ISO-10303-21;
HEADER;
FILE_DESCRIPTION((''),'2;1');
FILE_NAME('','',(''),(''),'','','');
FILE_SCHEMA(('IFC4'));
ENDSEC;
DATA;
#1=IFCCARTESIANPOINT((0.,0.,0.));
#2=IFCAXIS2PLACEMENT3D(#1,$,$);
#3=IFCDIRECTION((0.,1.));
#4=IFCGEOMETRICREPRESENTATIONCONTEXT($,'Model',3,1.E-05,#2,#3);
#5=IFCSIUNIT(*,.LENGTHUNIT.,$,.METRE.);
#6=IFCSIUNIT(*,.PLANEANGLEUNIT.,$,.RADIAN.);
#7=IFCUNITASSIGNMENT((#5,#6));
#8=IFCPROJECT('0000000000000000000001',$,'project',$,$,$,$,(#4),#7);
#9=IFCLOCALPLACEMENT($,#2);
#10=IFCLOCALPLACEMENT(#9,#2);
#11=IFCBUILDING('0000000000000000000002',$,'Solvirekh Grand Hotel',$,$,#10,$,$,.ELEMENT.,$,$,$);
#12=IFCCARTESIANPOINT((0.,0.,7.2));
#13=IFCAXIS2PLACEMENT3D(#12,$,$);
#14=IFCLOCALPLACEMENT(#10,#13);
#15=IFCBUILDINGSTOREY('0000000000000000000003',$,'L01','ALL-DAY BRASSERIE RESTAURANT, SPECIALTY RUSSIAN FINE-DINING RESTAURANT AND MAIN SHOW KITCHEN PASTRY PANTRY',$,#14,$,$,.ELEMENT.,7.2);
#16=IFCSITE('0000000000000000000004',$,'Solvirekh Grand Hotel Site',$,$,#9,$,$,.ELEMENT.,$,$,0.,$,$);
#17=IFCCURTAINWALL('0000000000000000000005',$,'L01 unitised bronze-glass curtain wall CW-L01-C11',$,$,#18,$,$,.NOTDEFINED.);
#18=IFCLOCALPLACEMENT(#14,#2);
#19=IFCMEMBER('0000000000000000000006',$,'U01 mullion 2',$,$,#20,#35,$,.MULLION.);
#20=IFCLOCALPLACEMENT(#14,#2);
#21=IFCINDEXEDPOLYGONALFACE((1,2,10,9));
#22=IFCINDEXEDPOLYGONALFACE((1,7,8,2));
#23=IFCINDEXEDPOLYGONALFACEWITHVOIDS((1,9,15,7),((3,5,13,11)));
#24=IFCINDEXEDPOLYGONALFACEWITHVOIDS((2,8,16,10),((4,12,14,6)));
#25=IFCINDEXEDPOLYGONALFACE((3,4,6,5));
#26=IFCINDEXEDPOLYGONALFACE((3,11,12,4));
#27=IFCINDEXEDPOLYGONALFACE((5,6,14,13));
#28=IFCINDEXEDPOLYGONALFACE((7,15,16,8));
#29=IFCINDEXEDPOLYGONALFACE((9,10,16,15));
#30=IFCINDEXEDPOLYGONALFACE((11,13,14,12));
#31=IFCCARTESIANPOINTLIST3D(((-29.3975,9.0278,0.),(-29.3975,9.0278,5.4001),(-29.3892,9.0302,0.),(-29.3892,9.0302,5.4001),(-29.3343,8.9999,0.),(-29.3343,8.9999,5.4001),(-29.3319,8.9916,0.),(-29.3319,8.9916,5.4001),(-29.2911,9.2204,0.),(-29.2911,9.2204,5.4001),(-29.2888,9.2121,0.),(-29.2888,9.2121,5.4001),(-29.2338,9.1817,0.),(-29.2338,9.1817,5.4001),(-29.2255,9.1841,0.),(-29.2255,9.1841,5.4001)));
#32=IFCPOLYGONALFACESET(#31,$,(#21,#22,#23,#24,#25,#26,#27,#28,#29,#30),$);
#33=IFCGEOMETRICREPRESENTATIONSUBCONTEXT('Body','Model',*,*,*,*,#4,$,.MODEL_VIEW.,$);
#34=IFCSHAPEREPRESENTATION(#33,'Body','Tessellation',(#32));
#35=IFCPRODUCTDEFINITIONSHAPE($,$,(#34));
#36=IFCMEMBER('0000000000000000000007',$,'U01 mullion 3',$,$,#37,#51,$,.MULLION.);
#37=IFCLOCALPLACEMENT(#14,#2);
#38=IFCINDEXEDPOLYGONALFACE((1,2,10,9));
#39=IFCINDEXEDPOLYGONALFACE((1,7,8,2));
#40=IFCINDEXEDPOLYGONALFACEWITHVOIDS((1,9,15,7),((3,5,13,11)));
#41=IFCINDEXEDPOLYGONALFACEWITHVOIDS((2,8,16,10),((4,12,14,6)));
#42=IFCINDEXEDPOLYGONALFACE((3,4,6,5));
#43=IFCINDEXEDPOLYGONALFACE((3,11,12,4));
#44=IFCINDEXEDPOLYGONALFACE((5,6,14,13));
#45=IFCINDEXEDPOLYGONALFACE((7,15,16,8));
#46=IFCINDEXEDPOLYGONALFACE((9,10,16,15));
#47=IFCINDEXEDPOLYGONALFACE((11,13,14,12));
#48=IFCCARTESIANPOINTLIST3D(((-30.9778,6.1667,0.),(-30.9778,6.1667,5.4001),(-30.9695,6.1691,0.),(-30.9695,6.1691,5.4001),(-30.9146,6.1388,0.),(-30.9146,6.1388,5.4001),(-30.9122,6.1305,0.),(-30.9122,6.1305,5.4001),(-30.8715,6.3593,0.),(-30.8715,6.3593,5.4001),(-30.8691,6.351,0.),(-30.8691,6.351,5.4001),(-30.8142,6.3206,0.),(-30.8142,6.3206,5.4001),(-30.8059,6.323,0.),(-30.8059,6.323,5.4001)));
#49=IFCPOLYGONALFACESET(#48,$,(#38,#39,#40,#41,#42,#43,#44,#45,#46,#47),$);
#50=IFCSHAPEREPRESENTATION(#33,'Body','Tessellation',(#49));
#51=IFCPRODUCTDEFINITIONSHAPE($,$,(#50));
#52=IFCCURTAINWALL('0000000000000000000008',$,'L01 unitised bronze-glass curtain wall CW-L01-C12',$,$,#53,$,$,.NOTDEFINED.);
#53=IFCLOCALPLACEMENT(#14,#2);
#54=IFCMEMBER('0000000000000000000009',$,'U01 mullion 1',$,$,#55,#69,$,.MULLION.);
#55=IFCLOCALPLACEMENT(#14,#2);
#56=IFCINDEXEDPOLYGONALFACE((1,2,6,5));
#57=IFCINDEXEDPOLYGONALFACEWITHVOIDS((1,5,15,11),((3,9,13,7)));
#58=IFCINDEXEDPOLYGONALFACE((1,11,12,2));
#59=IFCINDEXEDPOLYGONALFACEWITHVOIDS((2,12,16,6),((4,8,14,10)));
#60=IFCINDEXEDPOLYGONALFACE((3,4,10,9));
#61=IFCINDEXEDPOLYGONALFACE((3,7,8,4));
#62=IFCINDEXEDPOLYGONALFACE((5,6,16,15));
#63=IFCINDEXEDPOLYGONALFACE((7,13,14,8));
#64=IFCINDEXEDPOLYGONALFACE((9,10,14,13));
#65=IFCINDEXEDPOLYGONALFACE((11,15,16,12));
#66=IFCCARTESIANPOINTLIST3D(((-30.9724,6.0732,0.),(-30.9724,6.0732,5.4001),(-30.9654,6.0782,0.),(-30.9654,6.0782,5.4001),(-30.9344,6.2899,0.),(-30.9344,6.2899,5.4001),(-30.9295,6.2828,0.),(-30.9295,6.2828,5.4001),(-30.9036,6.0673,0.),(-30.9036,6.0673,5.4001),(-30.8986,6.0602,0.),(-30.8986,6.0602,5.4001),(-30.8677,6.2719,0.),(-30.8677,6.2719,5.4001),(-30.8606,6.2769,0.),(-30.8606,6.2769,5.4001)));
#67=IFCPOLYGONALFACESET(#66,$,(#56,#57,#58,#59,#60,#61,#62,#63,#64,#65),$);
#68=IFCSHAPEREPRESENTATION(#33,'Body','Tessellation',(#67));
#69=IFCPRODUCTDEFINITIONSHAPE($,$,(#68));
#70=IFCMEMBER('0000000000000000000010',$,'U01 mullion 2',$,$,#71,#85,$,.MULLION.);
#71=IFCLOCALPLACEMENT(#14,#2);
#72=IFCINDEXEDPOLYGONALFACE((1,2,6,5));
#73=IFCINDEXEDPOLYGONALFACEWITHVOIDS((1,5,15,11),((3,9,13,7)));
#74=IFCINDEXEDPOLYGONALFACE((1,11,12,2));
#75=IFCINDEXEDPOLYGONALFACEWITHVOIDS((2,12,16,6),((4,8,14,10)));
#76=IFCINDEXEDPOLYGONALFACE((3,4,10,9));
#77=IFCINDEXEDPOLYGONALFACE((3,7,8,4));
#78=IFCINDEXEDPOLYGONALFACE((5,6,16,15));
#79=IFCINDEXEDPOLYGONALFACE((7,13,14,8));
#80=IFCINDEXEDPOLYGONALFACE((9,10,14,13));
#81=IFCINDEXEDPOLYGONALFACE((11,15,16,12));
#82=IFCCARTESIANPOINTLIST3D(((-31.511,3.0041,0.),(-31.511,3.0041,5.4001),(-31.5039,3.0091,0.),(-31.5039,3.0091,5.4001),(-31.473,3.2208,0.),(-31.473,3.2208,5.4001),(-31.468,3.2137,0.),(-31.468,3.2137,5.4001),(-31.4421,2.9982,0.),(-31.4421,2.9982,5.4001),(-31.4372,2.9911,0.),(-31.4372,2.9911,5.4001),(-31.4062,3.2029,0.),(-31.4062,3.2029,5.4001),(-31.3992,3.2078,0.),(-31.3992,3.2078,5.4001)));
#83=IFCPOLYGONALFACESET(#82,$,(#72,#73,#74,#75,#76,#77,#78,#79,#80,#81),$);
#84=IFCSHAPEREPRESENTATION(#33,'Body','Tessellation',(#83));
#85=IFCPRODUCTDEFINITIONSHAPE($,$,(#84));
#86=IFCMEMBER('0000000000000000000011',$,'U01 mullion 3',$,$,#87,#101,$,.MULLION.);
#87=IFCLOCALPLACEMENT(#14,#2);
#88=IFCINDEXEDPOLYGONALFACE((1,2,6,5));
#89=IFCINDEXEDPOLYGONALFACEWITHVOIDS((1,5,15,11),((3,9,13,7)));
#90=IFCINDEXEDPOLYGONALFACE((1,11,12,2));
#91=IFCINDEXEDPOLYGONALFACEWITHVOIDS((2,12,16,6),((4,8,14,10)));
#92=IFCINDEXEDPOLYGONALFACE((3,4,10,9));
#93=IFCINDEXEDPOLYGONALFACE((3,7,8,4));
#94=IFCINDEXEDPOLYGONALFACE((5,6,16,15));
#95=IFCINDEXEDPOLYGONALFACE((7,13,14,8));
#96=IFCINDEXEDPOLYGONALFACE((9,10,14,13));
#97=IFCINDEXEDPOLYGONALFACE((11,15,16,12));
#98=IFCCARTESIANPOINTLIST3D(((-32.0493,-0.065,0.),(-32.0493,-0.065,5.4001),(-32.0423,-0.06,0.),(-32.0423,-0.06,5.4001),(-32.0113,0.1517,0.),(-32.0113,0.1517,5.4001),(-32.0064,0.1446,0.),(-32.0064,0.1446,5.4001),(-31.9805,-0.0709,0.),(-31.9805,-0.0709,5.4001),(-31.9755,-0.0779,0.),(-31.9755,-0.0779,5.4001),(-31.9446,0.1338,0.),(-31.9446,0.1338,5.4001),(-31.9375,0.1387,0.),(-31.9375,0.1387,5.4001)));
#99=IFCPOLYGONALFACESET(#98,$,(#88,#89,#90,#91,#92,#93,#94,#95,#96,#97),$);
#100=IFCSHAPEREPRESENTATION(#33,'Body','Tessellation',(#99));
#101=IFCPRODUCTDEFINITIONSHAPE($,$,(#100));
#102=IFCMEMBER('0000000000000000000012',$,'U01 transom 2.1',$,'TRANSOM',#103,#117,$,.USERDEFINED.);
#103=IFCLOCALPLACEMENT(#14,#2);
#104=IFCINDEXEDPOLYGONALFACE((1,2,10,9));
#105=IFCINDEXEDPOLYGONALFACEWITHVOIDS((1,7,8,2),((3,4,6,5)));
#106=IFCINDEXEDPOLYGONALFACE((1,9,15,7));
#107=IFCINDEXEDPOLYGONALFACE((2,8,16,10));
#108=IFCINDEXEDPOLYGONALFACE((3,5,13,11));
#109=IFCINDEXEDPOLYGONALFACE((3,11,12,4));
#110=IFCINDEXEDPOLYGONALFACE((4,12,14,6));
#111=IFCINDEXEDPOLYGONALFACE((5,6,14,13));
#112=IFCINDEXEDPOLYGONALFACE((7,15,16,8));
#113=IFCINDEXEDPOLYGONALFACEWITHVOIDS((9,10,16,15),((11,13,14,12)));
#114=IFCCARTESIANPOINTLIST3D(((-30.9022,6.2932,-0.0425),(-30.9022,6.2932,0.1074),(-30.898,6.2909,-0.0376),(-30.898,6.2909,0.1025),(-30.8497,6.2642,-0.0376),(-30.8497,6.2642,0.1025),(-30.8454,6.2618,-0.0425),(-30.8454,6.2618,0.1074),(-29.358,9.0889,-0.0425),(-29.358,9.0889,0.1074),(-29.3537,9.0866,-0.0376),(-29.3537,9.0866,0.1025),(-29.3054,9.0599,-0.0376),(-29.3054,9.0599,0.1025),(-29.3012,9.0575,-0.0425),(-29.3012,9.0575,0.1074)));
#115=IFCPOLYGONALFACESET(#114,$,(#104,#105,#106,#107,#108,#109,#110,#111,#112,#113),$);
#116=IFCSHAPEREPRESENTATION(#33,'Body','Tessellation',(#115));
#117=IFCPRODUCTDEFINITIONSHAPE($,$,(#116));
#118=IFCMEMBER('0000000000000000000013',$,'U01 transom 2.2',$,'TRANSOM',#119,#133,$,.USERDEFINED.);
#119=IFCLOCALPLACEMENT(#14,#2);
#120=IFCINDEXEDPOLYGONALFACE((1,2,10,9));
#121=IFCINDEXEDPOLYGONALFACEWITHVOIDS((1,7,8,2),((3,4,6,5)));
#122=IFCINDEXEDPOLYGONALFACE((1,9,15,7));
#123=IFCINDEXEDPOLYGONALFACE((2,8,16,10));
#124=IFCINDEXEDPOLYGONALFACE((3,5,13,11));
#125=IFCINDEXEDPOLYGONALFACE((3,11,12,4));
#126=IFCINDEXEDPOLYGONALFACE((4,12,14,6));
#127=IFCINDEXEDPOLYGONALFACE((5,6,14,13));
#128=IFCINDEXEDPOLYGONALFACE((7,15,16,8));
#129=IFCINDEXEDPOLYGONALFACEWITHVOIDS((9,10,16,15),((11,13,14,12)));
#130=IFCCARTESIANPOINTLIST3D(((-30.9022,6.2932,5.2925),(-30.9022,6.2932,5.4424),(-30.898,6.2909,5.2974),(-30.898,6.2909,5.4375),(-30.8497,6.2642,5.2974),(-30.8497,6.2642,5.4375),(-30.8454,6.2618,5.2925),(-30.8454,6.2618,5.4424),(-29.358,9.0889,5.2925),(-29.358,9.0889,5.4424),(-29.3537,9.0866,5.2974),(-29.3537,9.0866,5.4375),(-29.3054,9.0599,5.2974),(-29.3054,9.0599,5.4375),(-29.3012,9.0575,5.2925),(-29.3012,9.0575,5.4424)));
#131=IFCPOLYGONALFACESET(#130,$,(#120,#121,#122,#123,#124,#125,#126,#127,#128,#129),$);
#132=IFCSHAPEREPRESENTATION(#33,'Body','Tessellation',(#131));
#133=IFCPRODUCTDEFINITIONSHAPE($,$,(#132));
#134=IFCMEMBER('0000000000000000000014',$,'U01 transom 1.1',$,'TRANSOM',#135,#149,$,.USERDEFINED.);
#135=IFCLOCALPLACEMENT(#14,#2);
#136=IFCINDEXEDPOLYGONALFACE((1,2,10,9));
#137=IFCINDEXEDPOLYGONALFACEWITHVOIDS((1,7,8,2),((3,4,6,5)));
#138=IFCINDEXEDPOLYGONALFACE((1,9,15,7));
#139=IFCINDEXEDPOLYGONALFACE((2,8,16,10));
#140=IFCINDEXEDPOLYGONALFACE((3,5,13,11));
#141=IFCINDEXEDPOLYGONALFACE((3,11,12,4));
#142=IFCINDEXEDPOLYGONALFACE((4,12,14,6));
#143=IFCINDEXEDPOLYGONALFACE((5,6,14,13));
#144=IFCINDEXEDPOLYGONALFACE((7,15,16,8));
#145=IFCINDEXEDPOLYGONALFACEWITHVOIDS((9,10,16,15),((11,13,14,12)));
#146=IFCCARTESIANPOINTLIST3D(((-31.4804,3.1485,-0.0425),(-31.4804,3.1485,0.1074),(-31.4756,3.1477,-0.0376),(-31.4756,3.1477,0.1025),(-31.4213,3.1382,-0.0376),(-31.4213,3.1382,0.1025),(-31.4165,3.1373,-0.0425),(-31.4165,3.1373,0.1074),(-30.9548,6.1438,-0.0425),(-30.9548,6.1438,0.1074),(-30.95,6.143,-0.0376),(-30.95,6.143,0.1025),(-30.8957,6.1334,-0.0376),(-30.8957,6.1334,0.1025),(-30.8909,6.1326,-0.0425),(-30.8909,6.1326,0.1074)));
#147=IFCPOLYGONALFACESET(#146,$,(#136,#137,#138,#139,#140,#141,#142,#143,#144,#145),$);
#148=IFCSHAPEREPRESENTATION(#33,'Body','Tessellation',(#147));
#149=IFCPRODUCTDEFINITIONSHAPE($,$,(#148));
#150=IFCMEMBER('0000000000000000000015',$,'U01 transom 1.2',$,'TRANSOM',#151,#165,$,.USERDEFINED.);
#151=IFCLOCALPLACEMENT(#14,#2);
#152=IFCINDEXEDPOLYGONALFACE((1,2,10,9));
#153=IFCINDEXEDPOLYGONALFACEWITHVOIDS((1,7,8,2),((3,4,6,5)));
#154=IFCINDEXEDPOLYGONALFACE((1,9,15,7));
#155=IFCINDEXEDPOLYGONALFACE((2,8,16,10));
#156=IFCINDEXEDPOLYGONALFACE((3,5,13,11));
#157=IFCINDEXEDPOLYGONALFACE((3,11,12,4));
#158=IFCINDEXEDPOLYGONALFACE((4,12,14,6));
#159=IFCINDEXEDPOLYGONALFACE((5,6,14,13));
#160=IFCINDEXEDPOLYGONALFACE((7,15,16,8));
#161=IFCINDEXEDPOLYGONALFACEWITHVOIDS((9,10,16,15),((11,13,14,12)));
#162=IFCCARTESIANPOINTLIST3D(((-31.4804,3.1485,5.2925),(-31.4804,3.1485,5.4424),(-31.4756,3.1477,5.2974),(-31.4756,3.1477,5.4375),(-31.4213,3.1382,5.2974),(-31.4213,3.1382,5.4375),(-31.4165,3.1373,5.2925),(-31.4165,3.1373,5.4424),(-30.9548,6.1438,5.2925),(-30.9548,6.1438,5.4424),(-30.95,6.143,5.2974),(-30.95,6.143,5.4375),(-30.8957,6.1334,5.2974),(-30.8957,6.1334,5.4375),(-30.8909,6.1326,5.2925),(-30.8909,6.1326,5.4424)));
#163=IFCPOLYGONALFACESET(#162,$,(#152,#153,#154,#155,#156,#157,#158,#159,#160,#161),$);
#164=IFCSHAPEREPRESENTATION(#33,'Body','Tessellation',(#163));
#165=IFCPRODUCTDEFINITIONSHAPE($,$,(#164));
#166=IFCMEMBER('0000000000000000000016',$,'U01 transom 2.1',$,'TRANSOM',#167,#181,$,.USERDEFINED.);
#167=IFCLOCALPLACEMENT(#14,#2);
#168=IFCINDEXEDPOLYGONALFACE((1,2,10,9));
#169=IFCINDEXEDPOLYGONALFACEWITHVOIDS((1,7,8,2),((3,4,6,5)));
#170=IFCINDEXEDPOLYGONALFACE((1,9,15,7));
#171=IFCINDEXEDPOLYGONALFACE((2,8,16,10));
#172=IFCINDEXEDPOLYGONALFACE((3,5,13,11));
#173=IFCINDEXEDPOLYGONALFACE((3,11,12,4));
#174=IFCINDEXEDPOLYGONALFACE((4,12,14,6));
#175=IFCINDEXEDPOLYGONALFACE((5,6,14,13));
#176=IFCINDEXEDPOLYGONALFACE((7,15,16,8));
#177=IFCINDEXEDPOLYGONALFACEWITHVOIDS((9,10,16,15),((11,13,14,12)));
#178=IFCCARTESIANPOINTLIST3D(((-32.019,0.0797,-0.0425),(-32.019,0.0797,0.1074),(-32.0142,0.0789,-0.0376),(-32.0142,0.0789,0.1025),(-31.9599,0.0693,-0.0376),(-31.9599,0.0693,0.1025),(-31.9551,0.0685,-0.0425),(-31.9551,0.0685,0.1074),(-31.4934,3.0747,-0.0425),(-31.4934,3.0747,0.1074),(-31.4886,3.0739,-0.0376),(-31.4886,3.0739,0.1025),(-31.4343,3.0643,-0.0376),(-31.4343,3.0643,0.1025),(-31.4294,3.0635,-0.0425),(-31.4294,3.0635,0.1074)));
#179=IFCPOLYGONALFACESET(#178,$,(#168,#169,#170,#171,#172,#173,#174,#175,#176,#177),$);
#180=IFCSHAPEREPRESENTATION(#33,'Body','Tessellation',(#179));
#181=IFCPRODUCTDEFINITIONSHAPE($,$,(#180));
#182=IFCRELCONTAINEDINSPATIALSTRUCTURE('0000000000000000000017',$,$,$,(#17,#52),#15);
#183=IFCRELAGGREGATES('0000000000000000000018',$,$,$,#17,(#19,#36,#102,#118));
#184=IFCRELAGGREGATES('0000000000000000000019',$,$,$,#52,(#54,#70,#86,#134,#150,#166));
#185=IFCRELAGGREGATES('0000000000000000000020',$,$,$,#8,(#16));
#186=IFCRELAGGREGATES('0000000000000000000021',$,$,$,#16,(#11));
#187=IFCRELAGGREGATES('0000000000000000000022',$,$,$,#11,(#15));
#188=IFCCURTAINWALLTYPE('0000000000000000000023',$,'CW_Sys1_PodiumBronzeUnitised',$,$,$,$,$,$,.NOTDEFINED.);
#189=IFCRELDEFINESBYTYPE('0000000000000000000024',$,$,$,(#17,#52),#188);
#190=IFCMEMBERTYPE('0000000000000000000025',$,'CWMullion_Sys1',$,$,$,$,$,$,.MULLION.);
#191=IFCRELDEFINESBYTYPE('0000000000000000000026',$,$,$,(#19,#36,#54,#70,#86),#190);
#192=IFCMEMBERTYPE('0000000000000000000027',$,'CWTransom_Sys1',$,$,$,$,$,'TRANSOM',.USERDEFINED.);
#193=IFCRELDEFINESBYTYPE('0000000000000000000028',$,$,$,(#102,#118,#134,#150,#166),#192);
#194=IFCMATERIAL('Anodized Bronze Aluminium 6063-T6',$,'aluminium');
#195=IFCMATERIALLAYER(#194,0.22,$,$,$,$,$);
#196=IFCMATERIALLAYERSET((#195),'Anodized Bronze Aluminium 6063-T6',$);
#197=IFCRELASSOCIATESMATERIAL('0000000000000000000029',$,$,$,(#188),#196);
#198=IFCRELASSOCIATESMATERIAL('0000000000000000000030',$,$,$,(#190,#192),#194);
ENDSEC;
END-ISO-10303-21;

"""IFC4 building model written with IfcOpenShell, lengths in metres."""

from ifc_helpers import new_model, si_unit, direction, frame, origin, origin_2d, place, context, subcontext, project, spatial, hollow_rectangle, extrude, source, transform, mapped, material, layer, layer_set, material_profile, profile_set, type_object, element, aggregate, save


model = new_model("IFC4")

# Units and contexts
model_context = context("Model", 3, precision=1e-05, world=origin(), true_north=direction((0.0, 1.0)))
body_context = subcontext(model_context, "Body", "Model", "MODEL_VIEW")
ifc_project = project(units=[si_unit("LENGTHUNIT", "METRE"), si_unit("PLANEANGLEUNIT", "RADIAN")], contexts=[model_context])

# Site, building, storey
site_placement = place(None, origin())
site = spatial("IfcSite", under=ifc_project, at=site_placement, Name="Solvirekh Grand Hotel Site", CompositionType="ELEMENT", RefElevation=0.0)
building_placement = place(site_placement, origin())
building = spatial("IfcBuilding", under=site, at=building_placement, Name="Solvirekh Grand Hotel", CompositionType="ELEMENT")
storey_placement = place(building_placement, frame((0.0, 0.0, 7.2)))
storey = spatial("IfcBuildingStorey", under=building, at=storey_placement, Name="L01", Description="ALL-DAY BRASSERIE RESTAURANT, SPECIALTY RUSSIAN FINE-DINING RESTAURANT AND MAIN SHOW KITCHEN PASTRY PANTRY", CompositionType="ELEMENT", Elevation=7.2)

# Curtain walls, members
ifc_material_1 = material(Name="Anodized Bronze Aluminium 6063-T6", Category="aluminium")
ifc_layer_1 = layer(ifc_material_1, 0.22)
ifc_layer_set_1 = layer_set([ifc_layer_1], Name="Anodized Bronze Aluminium 6063-T6")
curtain_wall_type = type_object("IfcCurtainWallType", Name="CW_Sys1_PodiumBronzeUnitised", PredefinedType="NOTDEFINED", material=ifc_layer_set_1)
curtain_wall_1_placement = place(storey_placement, origin())
curtain_wall_1 = element("IfcCurtainWall", 1, at=curtain_wall_1_placement, inside=storey, type_object=curtain_wall_type, Name="L01 unitised bronze-glass curtain wall CW-L01-C11", PredefinedType="NOTDEFINED")
ifc_material_profile_1 = material_profile(ifc_material_1, hollow_rectangle(XDim=0.075, YDim=0.22, WallThickness=0.0061, at=origin_2d()), Name="ALU RHS 220X75X6")
ifc_profile_set_1 = profile_set([ifc_material_profile_1], Name="Anodized Bronze Aluminium 6063-T6")
member_type_1 = type_object("IfcMemberType", Name="CWMullion_Sys1", PredefinedType="MULLION", material=ifc_profile_set_1)
shared_shape_1 = source(origin(), body_context, "Body", "SweptSolid", [
    extrude(hollow_rectangle(XDim=0.075, YDim=0.22, WallThickness=0.0061, at=origin_2d()), origin(), (0.0, 0.0, 1.0), 5.4001),
])
member_1_placement = place(storey_placement, frame((-29.3115, 9.106, 0.0), z_axis=(0.0, 0.0, 1.0), x_axis=(0.875346, -0.483497, 0.0)))
member_1 = element("IfcMember", 2, at=member_1_placement, type_object=member_type_1, Name="U01 mullion 2", PredefinedType="MULLION", context=body_context, shape_type="MappedRepresentation", body=[
    mapped(shared_shape_1, transform((0.0, 0.0, 0.0), x_axis=(1.0, 0.0, 0.0), y_axis=(0.0, 1.0, 0.0), z_axis=(0.0, 0.0, 1.0), scale=1.0)),
])
member_2_placement = place(storey_placement, frame((-30.8918, 6.2449, 0.0), z_axis=(0.0, 0.0, 1.0), x_axis=(0.875346, -0.483497, 0.0)))
member_2 = element("IfcMember", 3, at=member_2_placement, type_object=member_type_1, Name="U01 mullion 3", PredefinedType="MULLION", context=body_context, shape_type="MappedRepresentation", body=[
    mapped(shared_shape_1, transform((0.0, 0.0, 0.0), x_axis=(1.0, 0.0, 0.0), y_axis=(0.0, 1.0, 0.0), z_axis=(0.0, 0.0, 1.0), scale=1.0)),
])
curtain_wall_2_placement = place(storey_placement, origin())
curtain_wall_2 = element("IfcCurtainWall", 4, at=curtain_wall_2_placement, inside=storey, type_object=curtain_wall_type, Name="L01 unitised bronze-glass curtain wall CW-L01-C12", PredefinedType="NOTDEFINED")
member_3_placement = place(storey_placement, frame((-30.9165, 6.175, 0.0), z_axis=(0.0, 0.0, 1.0), x_axis=(0.984952, -0.172826, 0.0)))
member_3 = element("IfcMember", 5, at=member_3_placement, type_object=member_type_1, Name="U01 mullion 1", PredefinedType="MULLION", context=body_context, shape_type="MappedRepresentation", body=[
    mapped(shared_shape_1, transform((0.0, 0.0, 0.0), x_axis=(1.0, 0.0, 0.0), y_axis=(0.0, 1.0, 0.0), z_axis=(0.0, 0.0, 1.0), scale=1.0)),
])
member_4_placement = place(storey_placement, frame((-31.4551, 3.106, 0.0), z_axis=(0.0, 0.0, 1.0), x_axis=(0.984952, -0.172826, 0.0)))
member_4 = element("IfcMember", 6, at=member_4_placement, type_object=member_type_1, Name="U01 mullion 2", PredefinedType="MULLION", context=body_context, shape_type="MappedRepresentation", body=[
    mapped(shared_shape_1, transform((0.0, 0.0, 0.0), x_axis=(1.0, 0.0, 0.0), y_axis=(0.0, 1.0, 0.0), z_axis=(0.0, 0.0, 1.0), scale=1.0)),
])
member_5_placement = place(storey_placement, frame((-31.9934, 0.0369, 0.0), z_axis=(0.0, 0.0, 1.0), x_axis=(0.984952, -0.172826, 0.0)))
member_5 = element("IfcMember", 7, at=member_5_placement, type_object=member_type_1, Name="U01 mullion 3", PredefinedType="MULLION", context=body_context, shape_type="MappedRepresentation", body=[
    mapped(shared_shape_1, transform((0.0, 0.0, 0.0), x_axis=(1.0, 0.0, 0.0), y_axis=(0.0, 1.0, 0.0), z_axis=(0.0, 0.0, 1.0), scale=1.0)),
])

# Members
ifc_material_profile_2 = material_profile(ifc_material_1, hollow_rectangle(XDim=0.0649, YDim=0.1499, WallThickness=0.0049, at=origin_2d()), Name="ALU RHS 150X65X5")
ifc_profile_set_2 = profile_set([ifc_material_profile_2], Name="Anodized Bronze Aluminium 6063-T6")
member_type_2 = type_object("IfcMemberType", Name="CWTransom_Sys1", ElementType="TRANSOM", PredefinedType="USERDEFINED", material=ifc_profile_set_2)
shared_shape_2 = source(origin(), body_context, "Body", "SweptSolid", [
    extrude(hollow_rectangle(XDim=0.0649, YDim=0.1499, WallThickness=0.0049, at=origin_2d()), origin(), (0.0, 0.0, 1.0), 3.1938),
])
member_6_placement = place(storey_placement, frame((-29.3296, 9.0732, 0.0325), z_axis=(-0.4835, -0.875345, 0.0), x_axis=(0.875345, -0.4835, 0.0)))
member_6 = element("IfcMember", 8, at=member_6_placement, type_object=member_type_2, Name="U01 transom 2.1", ObjectType="TRANSOM", PredefinedType="USERDEFINED", context=body_context, shape_type="MappedRepresentation", body=[
    mapped(shared_shape_2, transform((0.0, 0.0, 0.0), x_axis=(1.0, 0.0, 0.0), y_axis=(0.0, 1.0, 0.0), z_axis=(0.0, 0.0, 1.0), scale=1.0)),
])
member_7_placement = place(storey_placement, frame((-29.3296, 9.0732, 5.3674), z_axis=(-0.4835, -0.875345, 0.0), x_axis=(0.875345, -0.4835, 0.0)))
member_7 = element("IfcMember", 9, at=member_7_placement, type_object=member_type_2, Name="U01 transom 2.2", ObjectType="TRANSOM", PredefinedType="USERDEFINED", context=body_context, shape_type="MappedRepresentation", body=[
    mapped(shared_shape_2, transform((0.0, 0.0, 0.0), x_axis=(1.0, 0.0, 0.0), y_axis=(0.0, 1.0, 0.0), z_axis=(0.0, 0.0, 1.0), scale=1.0)),
])
shared_shape_3 = source(origin(), body_context, "Body", "SweptSolid", [
    extrude(hollow_rectangle(XDim=0.0649, YDim=0.1499, WallThickness=0.0049, at=origin_2d()), origin(), (0.0, 0.0, 1.0), 3.041),
])
member_8_placement = place(storey_placement, frame((-30.9229, 6.1382, 0.0325), z_axis=(-0.172842, -0.98495, 0.0), x_axis=(0.98495, -0.172842, 0.0)))
member_8 = element("IfcMember", 10, at=member_8_placement, type_object=member_type_2, Name="U01 transom 1.1", ObjectType="TRANSOM", PredefinedType="USERDEFINED", context=body_context, shape_type="MappedRepresentation", body=[
    mapped(shared_shape_3, transform((0.0, 0.0, 0.0), x_axis=(1.0, 0.0, 0.0), y_axis=(0.0, 1.0, 0.0), z_axis=(0.0, 0.0, 1.0), scale=1.0)),
])
member_9_placement = place(storey_placement, frame((-30.9229, 6.1382, 5.3674), z_axis=(-0.172842, -0.98495, 0.0), x_axis=(0.98495, -0.172842, 0.0)))
member_9 = element("IfcMember", 11, at=member_9_placement, type_object=member_type_2, Name="U01 transom 1.2", ObjectType="TRANSOM", PredefinedType="USERDEFINED", context=body_context, shape_type="MappedRepresentation", body=[
    mapped(shared_shape_3, transform((0.0, 0.0, 0.0), x_axis=(1.0, 0.0, 0.0), y_axis=(0.0, 1.0, 0.0), z_axis=(0.0, 0.0, 1.0), scale=1.0)),
])
shared_shape_4 = source(origin(), body_context, "Body", "SweptSolid", [
    extrude(hollow_rectangle(XDim=0.0649, YDim=0.1499, WallThickness=0.0049, at=origin_2d()), origin(), (0.0, 0.0, 1.0), 3.0408),
])
member_10_placement = place(storey_placement, frame((-31.4614, 3.0691, 0.0325), z_axis=(-0.172856, -0.984947, 0.0), x_axis=(0.984947, -0.172856, 0.0)))
member_10 = element("IfcMember", 12, at=member_10_placement, type_object=member_type_2, Name="U01 transom 2.1", ObjectType="TRANSOM", PredefinedType="USERDEFINED", context=body_context, shape_type="MappedRepresentation", body=[
    mapped(shared_shape_4, transform((0.0, 0.0, 0.0), x_axis=(1.0, 0.0, 0.0), y_axis=(0.0, 1.0, 0.0), z_axis=(0.0, 0.0, 1.0), scale=1.0)),
])

aggregate(curtain_wall_1, [member_1, member_2, member_6, member_7])
aggregate(curtain_wall_2, [member_3, member_4, member_5, member_8, member_9, member_10])

save(model, "model.ifc")
